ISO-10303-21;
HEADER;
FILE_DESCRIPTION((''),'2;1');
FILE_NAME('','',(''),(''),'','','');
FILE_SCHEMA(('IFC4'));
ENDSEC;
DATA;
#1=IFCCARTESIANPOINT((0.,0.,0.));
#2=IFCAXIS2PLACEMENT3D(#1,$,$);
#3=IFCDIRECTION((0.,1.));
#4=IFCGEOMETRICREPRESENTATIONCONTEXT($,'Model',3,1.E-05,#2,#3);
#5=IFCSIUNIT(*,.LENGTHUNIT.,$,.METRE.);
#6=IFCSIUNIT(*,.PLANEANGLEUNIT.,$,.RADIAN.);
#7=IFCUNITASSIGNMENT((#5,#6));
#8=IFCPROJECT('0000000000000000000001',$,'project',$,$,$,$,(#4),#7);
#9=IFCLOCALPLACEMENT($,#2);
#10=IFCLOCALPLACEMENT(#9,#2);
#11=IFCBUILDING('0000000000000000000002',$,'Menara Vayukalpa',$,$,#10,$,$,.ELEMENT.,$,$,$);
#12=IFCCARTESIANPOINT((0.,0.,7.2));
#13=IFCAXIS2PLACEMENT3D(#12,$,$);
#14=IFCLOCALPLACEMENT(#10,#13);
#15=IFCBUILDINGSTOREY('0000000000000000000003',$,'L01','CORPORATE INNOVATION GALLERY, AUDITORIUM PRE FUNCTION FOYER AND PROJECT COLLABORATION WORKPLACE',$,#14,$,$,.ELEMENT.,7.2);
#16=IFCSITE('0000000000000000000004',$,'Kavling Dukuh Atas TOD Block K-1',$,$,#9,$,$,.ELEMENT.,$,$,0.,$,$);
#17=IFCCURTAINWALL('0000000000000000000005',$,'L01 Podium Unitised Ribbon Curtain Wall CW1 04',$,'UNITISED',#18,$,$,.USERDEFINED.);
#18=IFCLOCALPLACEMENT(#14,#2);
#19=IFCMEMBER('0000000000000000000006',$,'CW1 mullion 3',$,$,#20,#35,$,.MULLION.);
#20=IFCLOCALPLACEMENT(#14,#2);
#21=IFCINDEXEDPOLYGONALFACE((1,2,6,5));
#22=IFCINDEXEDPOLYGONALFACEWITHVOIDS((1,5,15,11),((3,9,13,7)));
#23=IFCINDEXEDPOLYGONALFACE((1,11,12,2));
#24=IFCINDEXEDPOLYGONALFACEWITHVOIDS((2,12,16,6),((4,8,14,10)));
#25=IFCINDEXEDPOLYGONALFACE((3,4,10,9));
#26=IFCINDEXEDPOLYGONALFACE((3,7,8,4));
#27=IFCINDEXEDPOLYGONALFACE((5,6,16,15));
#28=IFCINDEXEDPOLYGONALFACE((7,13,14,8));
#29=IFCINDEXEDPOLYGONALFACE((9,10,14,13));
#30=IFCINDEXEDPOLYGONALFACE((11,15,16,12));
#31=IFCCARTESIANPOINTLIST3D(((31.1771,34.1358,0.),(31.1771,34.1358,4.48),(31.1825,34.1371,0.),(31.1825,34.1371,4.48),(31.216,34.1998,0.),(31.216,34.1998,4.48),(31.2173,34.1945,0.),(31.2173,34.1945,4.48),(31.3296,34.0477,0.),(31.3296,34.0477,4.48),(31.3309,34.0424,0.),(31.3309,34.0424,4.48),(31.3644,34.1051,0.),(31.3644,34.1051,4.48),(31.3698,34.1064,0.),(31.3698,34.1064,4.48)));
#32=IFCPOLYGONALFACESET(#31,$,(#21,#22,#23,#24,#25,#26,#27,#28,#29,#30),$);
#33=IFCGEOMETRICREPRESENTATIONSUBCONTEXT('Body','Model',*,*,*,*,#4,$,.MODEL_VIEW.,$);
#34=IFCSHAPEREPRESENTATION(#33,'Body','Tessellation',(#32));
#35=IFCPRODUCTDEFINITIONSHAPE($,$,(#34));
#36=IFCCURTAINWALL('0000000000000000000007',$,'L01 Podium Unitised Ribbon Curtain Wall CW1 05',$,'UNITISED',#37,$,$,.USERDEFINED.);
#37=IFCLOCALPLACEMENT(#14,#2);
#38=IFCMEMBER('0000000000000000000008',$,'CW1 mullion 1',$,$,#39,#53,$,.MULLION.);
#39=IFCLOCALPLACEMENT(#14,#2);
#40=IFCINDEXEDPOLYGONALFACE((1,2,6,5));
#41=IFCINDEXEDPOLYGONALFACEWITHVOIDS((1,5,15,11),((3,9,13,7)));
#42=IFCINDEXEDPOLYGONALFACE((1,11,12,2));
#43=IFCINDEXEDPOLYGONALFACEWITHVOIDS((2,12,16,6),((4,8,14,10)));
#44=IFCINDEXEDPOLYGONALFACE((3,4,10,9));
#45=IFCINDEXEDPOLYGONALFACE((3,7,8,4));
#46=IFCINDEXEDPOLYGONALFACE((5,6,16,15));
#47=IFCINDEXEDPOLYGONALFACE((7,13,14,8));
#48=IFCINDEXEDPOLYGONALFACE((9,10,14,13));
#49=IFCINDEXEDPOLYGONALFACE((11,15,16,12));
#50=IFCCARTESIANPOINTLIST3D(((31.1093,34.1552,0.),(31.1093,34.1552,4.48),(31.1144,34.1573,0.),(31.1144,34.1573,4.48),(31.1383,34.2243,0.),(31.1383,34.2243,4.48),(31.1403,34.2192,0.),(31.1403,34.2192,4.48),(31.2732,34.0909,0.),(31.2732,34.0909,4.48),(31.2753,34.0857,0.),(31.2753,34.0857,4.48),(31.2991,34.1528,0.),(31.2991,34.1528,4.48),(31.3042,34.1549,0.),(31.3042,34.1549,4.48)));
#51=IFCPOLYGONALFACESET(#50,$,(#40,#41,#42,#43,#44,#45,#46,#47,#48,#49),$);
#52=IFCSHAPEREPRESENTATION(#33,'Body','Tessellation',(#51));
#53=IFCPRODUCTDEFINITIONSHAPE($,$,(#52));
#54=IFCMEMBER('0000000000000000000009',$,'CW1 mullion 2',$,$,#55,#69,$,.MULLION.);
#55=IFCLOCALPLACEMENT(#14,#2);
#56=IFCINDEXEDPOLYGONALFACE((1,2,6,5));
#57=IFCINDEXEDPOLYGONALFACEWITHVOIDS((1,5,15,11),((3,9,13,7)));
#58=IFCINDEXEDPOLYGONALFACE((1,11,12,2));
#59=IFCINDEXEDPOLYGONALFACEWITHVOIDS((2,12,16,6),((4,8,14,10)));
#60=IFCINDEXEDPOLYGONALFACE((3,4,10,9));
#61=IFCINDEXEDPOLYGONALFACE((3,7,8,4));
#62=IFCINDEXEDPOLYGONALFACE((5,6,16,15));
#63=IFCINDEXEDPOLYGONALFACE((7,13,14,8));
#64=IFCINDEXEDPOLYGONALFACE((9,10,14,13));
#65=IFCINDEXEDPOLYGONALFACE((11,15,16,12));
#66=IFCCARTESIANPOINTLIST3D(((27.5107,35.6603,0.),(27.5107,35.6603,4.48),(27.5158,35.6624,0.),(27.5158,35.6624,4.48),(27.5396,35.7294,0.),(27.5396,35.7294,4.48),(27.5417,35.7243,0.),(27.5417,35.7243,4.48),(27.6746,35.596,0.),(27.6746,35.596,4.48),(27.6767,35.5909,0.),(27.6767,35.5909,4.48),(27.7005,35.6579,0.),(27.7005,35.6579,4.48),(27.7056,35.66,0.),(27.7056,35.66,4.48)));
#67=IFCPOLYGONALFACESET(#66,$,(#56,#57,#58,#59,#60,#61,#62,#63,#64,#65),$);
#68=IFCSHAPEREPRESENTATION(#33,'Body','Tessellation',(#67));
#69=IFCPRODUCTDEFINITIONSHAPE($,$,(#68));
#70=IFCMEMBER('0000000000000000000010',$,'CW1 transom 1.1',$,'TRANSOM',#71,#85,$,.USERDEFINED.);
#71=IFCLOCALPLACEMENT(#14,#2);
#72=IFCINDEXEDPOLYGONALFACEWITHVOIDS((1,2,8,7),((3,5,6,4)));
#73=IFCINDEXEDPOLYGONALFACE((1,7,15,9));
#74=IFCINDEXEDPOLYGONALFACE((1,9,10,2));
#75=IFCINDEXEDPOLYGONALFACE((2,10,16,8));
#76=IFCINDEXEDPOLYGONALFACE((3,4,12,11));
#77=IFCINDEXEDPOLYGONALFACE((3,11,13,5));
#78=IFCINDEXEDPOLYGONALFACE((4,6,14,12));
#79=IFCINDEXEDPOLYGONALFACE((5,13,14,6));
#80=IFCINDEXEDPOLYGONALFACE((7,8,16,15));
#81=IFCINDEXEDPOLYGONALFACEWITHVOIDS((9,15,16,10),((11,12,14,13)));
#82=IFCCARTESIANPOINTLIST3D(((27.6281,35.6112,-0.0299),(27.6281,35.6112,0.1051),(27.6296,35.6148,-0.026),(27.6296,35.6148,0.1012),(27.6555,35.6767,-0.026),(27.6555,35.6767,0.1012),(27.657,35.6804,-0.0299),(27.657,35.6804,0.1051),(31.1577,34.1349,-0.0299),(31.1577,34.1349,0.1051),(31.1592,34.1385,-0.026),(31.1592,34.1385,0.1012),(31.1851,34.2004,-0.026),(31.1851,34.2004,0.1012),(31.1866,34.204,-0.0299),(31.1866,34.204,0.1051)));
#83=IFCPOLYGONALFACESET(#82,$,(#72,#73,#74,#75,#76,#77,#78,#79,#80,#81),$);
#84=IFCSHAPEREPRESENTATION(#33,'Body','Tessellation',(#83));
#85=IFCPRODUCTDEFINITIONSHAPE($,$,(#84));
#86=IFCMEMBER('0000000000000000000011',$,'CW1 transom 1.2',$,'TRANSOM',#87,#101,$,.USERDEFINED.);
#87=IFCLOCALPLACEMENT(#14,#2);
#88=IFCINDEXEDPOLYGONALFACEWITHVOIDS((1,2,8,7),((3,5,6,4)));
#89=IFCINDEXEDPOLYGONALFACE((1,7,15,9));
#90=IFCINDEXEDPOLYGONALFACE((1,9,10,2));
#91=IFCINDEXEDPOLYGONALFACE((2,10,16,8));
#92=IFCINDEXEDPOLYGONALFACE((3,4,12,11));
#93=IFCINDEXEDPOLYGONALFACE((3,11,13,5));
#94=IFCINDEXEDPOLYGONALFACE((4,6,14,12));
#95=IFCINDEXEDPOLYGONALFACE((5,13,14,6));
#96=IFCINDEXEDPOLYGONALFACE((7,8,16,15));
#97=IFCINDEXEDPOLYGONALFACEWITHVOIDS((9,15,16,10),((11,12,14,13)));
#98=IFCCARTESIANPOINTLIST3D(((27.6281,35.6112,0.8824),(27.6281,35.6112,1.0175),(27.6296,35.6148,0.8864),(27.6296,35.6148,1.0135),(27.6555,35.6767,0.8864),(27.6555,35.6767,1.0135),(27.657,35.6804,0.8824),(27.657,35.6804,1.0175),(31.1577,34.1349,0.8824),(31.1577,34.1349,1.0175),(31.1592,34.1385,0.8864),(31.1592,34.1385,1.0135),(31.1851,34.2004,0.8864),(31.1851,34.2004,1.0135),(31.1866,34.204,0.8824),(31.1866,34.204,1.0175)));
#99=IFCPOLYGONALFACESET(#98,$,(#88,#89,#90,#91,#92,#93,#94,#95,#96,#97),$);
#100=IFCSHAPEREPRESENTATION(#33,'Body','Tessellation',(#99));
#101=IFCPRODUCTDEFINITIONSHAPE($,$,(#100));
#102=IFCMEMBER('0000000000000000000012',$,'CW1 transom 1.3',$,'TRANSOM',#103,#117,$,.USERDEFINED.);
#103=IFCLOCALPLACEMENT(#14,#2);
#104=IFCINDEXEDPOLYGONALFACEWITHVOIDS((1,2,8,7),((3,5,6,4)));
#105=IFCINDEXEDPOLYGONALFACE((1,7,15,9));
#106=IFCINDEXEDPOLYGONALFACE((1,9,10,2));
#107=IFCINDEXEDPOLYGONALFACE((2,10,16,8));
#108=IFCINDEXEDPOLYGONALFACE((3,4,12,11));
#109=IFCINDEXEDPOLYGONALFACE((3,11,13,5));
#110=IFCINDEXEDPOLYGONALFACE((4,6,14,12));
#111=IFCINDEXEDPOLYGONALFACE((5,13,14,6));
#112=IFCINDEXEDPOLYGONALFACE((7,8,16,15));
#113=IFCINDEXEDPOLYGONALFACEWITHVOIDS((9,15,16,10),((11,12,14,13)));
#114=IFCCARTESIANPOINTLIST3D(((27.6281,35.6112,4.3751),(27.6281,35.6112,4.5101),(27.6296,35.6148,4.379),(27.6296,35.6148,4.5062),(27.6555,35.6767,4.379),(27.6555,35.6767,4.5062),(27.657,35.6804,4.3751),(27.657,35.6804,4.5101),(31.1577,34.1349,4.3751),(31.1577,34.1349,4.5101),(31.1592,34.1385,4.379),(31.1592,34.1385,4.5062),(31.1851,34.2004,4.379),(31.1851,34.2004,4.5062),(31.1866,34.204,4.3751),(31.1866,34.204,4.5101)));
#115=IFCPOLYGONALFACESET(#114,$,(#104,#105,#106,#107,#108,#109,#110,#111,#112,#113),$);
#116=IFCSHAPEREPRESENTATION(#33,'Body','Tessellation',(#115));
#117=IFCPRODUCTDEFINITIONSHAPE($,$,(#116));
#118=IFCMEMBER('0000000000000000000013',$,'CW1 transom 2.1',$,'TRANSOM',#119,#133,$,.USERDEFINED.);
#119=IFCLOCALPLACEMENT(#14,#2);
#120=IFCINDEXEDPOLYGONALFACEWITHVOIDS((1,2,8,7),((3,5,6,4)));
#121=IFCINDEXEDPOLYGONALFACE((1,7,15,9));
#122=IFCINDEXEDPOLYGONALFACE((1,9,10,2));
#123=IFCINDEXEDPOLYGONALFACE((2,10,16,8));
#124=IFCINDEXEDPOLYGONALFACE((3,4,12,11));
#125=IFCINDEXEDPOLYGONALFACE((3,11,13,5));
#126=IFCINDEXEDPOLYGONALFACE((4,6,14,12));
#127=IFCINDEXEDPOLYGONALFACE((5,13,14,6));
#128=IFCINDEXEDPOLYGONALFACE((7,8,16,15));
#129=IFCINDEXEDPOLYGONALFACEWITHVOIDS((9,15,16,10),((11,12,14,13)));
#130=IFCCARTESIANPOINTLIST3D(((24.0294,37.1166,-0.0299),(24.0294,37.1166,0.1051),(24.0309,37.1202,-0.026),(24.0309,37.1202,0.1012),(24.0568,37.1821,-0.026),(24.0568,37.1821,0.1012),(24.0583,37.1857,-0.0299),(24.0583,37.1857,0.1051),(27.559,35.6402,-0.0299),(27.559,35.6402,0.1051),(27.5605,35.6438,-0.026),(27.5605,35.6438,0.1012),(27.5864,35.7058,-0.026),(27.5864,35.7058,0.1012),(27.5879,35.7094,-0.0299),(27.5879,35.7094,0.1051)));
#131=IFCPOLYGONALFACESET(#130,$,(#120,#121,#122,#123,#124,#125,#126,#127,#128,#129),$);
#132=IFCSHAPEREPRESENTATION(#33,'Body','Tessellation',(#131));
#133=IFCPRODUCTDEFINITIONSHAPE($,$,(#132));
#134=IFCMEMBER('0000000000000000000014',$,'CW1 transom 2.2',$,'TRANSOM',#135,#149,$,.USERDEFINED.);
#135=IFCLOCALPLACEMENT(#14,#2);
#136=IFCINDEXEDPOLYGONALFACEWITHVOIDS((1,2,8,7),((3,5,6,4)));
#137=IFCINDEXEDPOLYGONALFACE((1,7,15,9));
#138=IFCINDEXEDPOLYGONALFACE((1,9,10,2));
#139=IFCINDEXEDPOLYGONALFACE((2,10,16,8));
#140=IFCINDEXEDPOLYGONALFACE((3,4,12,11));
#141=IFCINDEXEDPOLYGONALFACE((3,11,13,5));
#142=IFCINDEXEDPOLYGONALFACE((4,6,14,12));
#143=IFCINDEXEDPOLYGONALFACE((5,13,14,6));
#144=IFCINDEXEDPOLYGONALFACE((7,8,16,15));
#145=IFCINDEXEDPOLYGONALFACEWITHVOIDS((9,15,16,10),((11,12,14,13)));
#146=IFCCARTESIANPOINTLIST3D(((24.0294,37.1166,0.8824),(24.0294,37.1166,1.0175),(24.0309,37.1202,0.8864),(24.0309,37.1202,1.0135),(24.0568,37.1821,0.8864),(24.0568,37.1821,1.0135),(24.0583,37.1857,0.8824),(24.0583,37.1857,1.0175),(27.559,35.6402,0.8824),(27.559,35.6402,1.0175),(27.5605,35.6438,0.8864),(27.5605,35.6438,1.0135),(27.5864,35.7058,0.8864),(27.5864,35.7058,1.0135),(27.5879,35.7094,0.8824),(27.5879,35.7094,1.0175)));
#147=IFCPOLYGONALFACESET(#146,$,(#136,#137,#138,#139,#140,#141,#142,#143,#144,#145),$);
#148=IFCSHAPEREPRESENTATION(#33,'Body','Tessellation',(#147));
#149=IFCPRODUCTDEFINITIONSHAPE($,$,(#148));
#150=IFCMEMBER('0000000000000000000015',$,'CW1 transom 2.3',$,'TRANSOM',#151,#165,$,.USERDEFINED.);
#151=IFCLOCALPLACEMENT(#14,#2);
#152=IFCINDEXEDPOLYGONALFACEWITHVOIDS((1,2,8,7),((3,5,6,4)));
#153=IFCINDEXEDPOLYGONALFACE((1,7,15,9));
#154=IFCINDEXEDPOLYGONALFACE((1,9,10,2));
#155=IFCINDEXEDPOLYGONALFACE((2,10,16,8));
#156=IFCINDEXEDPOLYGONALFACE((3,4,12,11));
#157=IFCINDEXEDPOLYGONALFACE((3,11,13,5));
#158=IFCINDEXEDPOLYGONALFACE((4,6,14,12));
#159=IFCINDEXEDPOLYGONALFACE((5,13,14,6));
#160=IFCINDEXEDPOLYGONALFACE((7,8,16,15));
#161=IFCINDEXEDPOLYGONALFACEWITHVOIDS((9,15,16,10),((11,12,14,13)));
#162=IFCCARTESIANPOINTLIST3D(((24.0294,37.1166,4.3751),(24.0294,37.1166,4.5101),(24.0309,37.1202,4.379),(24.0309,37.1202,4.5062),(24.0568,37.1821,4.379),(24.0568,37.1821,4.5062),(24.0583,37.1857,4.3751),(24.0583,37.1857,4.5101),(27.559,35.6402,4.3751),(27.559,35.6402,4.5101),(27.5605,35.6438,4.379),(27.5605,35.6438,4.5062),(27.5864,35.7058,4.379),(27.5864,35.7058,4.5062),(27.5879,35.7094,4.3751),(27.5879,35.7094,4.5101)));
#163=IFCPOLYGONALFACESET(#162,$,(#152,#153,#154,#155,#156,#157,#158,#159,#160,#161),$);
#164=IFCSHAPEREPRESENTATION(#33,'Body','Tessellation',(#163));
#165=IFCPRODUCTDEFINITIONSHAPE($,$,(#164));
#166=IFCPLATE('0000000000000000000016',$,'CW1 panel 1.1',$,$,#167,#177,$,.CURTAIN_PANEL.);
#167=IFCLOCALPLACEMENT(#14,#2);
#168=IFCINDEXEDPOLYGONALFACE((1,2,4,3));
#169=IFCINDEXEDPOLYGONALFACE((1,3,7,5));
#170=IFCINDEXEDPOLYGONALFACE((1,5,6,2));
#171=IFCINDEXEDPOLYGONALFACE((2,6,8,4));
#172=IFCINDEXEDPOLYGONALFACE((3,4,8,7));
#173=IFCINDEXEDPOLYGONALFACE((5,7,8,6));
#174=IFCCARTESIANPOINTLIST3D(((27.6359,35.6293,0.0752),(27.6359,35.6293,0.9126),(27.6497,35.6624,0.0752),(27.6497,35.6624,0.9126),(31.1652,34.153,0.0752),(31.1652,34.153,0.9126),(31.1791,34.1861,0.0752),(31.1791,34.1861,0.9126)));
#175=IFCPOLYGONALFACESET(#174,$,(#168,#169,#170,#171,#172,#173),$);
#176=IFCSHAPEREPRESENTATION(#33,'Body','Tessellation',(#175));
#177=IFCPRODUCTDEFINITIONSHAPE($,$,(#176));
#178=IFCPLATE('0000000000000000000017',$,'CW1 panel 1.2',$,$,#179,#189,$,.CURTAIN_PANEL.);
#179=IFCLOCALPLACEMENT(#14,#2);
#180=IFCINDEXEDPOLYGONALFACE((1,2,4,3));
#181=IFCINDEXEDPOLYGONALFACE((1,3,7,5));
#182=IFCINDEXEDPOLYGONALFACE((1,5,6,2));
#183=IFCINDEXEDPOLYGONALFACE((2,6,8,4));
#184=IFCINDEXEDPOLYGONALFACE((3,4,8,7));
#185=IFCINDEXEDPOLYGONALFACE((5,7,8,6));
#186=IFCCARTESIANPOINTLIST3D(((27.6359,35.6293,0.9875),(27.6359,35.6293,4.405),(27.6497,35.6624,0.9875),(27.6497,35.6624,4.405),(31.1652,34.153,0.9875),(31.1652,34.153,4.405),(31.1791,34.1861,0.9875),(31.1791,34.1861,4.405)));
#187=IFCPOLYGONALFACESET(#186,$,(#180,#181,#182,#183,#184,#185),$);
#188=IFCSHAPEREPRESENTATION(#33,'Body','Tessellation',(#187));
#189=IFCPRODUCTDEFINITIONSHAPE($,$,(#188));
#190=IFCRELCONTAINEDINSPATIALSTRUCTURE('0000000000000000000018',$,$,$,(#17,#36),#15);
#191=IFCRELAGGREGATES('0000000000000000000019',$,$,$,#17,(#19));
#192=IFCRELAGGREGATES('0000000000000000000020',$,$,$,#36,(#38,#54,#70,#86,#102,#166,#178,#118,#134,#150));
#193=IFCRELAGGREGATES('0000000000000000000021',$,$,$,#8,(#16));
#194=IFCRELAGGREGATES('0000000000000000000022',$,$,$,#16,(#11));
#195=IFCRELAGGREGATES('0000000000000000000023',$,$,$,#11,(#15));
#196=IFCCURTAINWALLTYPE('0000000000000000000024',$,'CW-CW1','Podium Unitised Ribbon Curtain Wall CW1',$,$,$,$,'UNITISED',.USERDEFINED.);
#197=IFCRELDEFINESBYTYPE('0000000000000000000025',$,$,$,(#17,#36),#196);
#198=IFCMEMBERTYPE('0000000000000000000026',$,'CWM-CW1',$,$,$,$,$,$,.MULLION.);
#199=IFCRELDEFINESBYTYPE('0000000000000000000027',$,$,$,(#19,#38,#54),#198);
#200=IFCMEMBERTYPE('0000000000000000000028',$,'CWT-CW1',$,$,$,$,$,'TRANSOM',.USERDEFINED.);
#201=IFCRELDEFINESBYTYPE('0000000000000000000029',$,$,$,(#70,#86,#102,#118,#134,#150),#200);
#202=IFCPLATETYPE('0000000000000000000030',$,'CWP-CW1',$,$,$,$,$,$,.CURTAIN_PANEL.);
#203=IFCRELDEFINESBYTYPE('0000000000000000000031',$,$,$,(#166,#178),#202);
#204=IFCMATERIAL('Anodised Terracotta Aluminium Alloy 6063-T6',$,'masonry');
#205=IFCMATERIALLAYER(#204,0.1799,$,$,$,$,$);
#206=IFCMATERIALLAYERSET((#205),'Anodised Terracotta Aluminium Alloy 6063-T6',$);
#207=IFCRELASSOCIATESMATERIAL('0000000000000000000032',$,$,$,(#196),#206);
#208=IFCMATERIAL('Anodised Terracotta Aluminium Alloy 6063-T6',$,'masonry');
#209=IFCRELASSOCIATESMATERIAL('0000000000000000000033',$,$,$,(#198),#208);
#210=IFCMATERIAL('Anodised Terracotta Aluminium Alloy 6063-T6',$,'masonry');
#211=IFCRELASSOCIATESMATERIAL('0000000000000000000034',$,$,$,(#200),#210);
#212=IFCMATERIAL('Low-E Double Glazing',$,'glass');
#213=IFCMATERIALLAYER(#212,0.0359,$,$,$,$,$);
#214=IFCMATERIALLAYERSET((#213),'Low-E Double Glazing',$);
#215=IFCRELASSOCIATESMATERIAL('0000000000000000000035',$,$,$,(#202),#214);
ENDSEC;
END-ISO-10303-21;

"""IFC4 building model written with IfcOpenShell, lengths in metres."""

from ifc_helpers import new_model, si_unit, direction, frame, origin, origin_2d, place, context, subcontext, project, spatial, rectangle, hollow_rectangle, extrude, material, layer, layer_set, material_profile, profile_set, type_object, element, aggregate, save


model = new_model("IFC4")

# Units and contexts
model_context = context("Model", 3, precision=1e-05, world=origin(), true_north=direction((0.0, 1.0)))
body_context = subcontext(model_context, "Body", "Model", "MODEL_VIEW")
ifc_project = project(units=[si_unit("LENGTHUNIT", "METRE"), si_unit("PLANEANGLEUNIT", "RADIAN")], contexts=[model_context])

# Site, building, storey
site_placement = place(None, origin())
site = spatial("IfcSite", under=ifc_project, at=site_placement, Name="Kavling Dukuh Atas TOD Block K-1", CompositionType="ELEMENT", RefElevation=0.0)
building_placement = place(site_placement, origin())
building = spatial("IfcBuilding", under=site, at=building_placement, Name="Menara Vayukalpa", CompositionType="ELEMENT")
storey_placement = place(building_placement, frame((0.0, 0.0, 7.2)))
storey = spatial("IfcBuildingStorey", under=building, at=storey_placement, Name="L01", Description="CORPORATE INNOVATION GALLERY, AUDITORIUM PRE FUNCTION FOYER AND PROJECT COLLABORATION WORKPLACE", CompositionType="ELEMENT", Elevation=7.2)

# Curtain wall, member
ifc_material_1 = material(Name="Anodised Terracotta Aluminium Alloy 6063-T6", Category="masonry")
ifc_layer_1 = layer(ifc_material_1, 0.1799)
ifc_layer_set_1 = layer_set([ifc_layer_1], Name="Anodised Terracotta Aluminium Alloy 6063-T6")
curtain_wall_type = type_object("IfcCurtainWallType", Name="CW-CW1", Description="Podium Unitised Ribbon Curtain Wall CW1", ElementType="UNITISED", PredefinedType="USERDEFINED", material=ifc_layer_set_1)
curtain_wall_1_placement = place(storey_placement, origin())
curtain_wall_1 = element("IfcCurtainWall", 1, at=curtain_wall_1_placement, inside=storey, type_object=curtain_wall_type, Name="L01 Podium Unitised Ribbon Curtain Wall CW1 04", ObjectType="UNITISED", PredefinedType="USERDEFINED")
ifc_material_2 = material(Name="Anodised Terracotta Aluminium Alloy 6063-T6", Category="masonry")
ifc_material_profile_1 = material_profile(ifc_material_2, hollow_rectangle(XDim=0.075, YDim=0.1799, WallThickness=0.0039, at=origin_2d()), Name="ALU 75x180x4")
ifc_profile_set_1 = profile_set([ifc_material_profile_1], Name="Anodised Terracotta Aluminium Alloy 6063-T6")
member_type_1 = type_object("IfcMemberType", Name="CWM-CW1", PredefinedType="MULLION", material=ifc_profile_set_1)
member_1_placement = place(storey_placement, frame((31.2734, 34.1211, 0.0), z_axis=(0.0, 0.0, 1.0), x_axis=(-0.51918, -0.854665, 0.0)))
member_1 = element("IfcMember", 2, at=member_1_placement, type_object=member_type_1, Name="CW1 mullion 3", PredefinedType="MULLION", context=body_context, shape_type="SweptSolid", body=[
    extrude(hollow_rectangle(XDim=0.075, YDim=0.1799, WallThickness=0.0039, at=origin_2d()), origin(), (0.0, 0.0, 1.0), 4.48),
])
aggregate(curtain_wall_1, [member_1])

# Curtain wall, members, plates
curtain_wall_2_placement = place(storey_placement, origin())
curtain_wall_2 = element("IfcCurtainWall", 3, at=curtain_wall_2_placement, inside=storey, type_object=curtain_wall_type, Name="L01 Podium Unitised Ribbon Curtain Wall CW1 05", ObjectType="UNITISED", PredefinedType="USERDEFINED")
member_2_placement = place(storey_placement, frame((31.2068, 34.155, 0.0), z_axis=(0.0, 0.0, 1.0), x_axis=(-0.385891, -0.922545, 0.0)))
member_2 = element("IfcMember", 4, at=member_2_placement, type_object=member_type_1, Name="CW1 mullion 1", PredefinedType="MULLION", context=body_context, shape_type="SweptSolid", body=[
    extrude(hollow_rectangle(XDim=0.075, YDim=0.1799, WallThickness=0.0039, at=origin_2d()), origin(), (0.0, 0.0, 1.0), 4.48),
])
member_3_placement = place(storey_placement, frame((27.6082, 35.6602, 0.0), z_axis=(0.0, 0.0, 1.0), x_axis=(-0.385891, -0.922545, 0.0)))
member_3 = element("IfcMember", 5, at=member_3_placement, type_object=member_type_1, Name="CW1 mullion 2", PredefinedType="MULLION", context=body_context, shape_type="SweptSolid", body=[
    extrude(hollow_rectangle(XDim=0.075, YDim=0.1799, WallThickness=0.0039, at=origin_2d()), origin(), (0.0, 0.0, 1.0), 4.48),
])
ifc_material_3 = material(Name="Anodised Terracotta Aluminium Alloy 6063-T6", Category="masonry")
ifc_material_profile_2 = material_profile(ifc_material_3, hollow_rectangle(XDim=0.075, YDim=0.135, WallThickness=0.0039, at=origin_2d()), Name="ALU 75x135x4")
ifc_profile_set_2 = profile_set([ifc_material_profile_2], Name="Anodised Terracotta Aluminium Alloy 6063-T6")
member_type_2 = type_object("IfcMemberType", Name="CWT-CW1", ElementType="TRANSOM", PredefinedType="USERDEFINED", material=ifc_profile_set_2)
member_4_placement = place(storey_placement, frame((31.1721, 34.1694, 0.0376), z_axis=(-0.922549, 0.385879, 0.0), x_axis=(-0.385879, -0.922549, 0.0)))
member_4 = element("IfcMember", 6, at=member_4_placement, type_object=member_type_2, Name="CW1 transom 1.1", ObjectType="TRANSOM", PredefinedType="USERDEFINED", context=body_context, shape_type="SweptSolid", body=[
    extrude(hollow_rectangle(XDim=0.075, YDim=0.135, WallThickness=0.0039, at=origin_2d()), origin(), (0.0, 0.0, 1.0), 3.8259),
])
member_5_placement = place(storey_placement, frame((31.1721, 34.1694, 0.95), z_axis=(-0.922549, 0.385879, 0.0), x_axis=(-0.385879, -0.922549, 0.0)))
member_5 = element("IfcMember", 7, at=member_5_placement, type_object=member_type_2, Name="CW1 transom 1.2", ObjectType="TRANSOM", PredefinedType="USERDEFINED", context=body_context, shape_type="SweptSolid", body=[
    extrude(hollow_rectangle(XDim=0.075, YDim=0.135, WallThickness=0.0039, at=origin_2d()), origin(), (0.0, 0.0, 1.0), 3.8259),
])
member_6_placement = place(storey_placement, frame((31.1721, 34.1694, 4.4426), z_axis=(-0.922549, 0.385879, 0.0), x_axis=(-0.385879, -0.922549, 0.0)))
member_6 = element("IfcMember", 8, at=member_6_placement, type_object=member_type_2, Name="CW1 transom 1.3", ObjectType="TRANSOM", PredefinedType="USERDEFINED", context=body_context, shape_type="SweptSolid", body=[
    extrude(hollow_rectangle(XDim=0.075, YDim=0.135, WallThickness=0.0039, at=origin_2d()), origin(), (0.0, 0.0, 1.0), 3.8259),
])
member_7_placement = place(storey_placement, frame((27.5735, 35.6748, 0.0376), z_axis=(-0.922549, 0.385879, 0.0), x_axis=(-0.385879, -0.922549, 0.0)))
member_7 = element("IfcMember", 9, at=member_7_placement, type_object=member_type_2, Name="CW1 transom 2.1", ObjectType="TRANSOM", PredefinedType="USERDEFINED", context=body_context, shape_type="SweptSolid", body=[
    extrude(hollow_rectangle(XDim=0.075, YDim=0.135, WallThickness=0.0039, at=origin_2d()), origin(), (0.0, 0.0, 1.0), 3.8259),
])
member_8_placement = place(storey_placement, frame((27.5735, 35.6748, 0.95), z_axis=(-0.922549, 0.385879, 0.0), x_axis=(-0.385879, -0.922549, 0.0)))
member_8 = element("IfcMember", 10, at=member_8_placement, type_object=member_type_2, Name="CW1 transom 2.2", ObjectType="TRANSOM", PredefinedType="USERDEFINED", context=body_context, shape_type="SweptSolid", body=[
    extrude(hollow_rectangle(XDim=0.075, YDim=0.135, WallThickness=0.0039, at=origin_2d()), origin(), (0.0, 0.0, 1.0), 3.8259),
])
member_9_placement = place(storey_placement, frame((27.5735, 35.6748, 4.4426), z_axis=(-0.922549, 0.385879, 0.0), x_axis=(-0.385879, -0.922549, 0.0)))
member_9 = element("IfcMember", 11, at=member_9_placement, type_object=member_type_2, Name="CW1 transom 2.3", ObjectType="TRANSOM", PredefinedType="USERDEFINED", context=body_context, shape_type="SweptSolid", body=[
    extrude(hollow_rectangle(XDim=0.075, YDim=0.135, WallThickness=0.0039, at=origin_2d()), origin(), (0.0, 0.0, 1.0), 3.8259),
])
ifc_material_4 = material(Name="Low-E Double Glazing", Category="glass")
ifc_layer_2 = layer(ifc_material_4, 0.0359)
ifc_layer_set_2 = layer_set([ifc_layer_2], Name="Low-E Double Glazing")
plate_type = type_object("IfcPlateType", Name="CWP-CW1", PredefinedType="CURTAIN_PANEL", material=ifc_layer_set_2)
plate_1_placement = place(storey_placement, frame((29.4075, 34.9077, 0.0752), z_axis=(0.0, 0.0, 1.0), x_axis=(-0.922545, 0.385891, 0.0)))
plate_1 = element("IfcPlate", 12, at=plate_1_placement, type_object=plate_type, Name="CW1 panel 1.1", PredefinedType="CURTAIN_PANEL", context=body_context, shape_type="SweptSolid", body=[
    extrude(rectangle(XDim=3.8257, YDim=0.0359, at=origin_2d()), origin(), (0.0, 0.0, 1.0), 0.8374),
])
plate_2_placement = place(storey_placement, frame((29.4075, 34.9077, 0.9875), z_axis=(0.0, 0.0, 1.0), x_axis=(-0.922545, 0.385891, 0.0)))
plate_2 = element("IfcPlate", 13, at=plate_2_placement, type_object=plate_type, Name="CW1 panel 1.2", PredefinedType="CURTAIN_PANEL", context=body_context, shape_type="SweptSolid", body=[
    extrude(rectangle(XDim=3.8257, YDim=0.0359, at=origin_2d()), origin(), (0.0, 0.0, 1.0), 3.4175),
])
aggregate(curtain_wall_2, [member_2, member_3, member_4, member_5, member_6, plate_1, plate_2, member_7, member_8, member_9])

save(model, "model.ifc")
